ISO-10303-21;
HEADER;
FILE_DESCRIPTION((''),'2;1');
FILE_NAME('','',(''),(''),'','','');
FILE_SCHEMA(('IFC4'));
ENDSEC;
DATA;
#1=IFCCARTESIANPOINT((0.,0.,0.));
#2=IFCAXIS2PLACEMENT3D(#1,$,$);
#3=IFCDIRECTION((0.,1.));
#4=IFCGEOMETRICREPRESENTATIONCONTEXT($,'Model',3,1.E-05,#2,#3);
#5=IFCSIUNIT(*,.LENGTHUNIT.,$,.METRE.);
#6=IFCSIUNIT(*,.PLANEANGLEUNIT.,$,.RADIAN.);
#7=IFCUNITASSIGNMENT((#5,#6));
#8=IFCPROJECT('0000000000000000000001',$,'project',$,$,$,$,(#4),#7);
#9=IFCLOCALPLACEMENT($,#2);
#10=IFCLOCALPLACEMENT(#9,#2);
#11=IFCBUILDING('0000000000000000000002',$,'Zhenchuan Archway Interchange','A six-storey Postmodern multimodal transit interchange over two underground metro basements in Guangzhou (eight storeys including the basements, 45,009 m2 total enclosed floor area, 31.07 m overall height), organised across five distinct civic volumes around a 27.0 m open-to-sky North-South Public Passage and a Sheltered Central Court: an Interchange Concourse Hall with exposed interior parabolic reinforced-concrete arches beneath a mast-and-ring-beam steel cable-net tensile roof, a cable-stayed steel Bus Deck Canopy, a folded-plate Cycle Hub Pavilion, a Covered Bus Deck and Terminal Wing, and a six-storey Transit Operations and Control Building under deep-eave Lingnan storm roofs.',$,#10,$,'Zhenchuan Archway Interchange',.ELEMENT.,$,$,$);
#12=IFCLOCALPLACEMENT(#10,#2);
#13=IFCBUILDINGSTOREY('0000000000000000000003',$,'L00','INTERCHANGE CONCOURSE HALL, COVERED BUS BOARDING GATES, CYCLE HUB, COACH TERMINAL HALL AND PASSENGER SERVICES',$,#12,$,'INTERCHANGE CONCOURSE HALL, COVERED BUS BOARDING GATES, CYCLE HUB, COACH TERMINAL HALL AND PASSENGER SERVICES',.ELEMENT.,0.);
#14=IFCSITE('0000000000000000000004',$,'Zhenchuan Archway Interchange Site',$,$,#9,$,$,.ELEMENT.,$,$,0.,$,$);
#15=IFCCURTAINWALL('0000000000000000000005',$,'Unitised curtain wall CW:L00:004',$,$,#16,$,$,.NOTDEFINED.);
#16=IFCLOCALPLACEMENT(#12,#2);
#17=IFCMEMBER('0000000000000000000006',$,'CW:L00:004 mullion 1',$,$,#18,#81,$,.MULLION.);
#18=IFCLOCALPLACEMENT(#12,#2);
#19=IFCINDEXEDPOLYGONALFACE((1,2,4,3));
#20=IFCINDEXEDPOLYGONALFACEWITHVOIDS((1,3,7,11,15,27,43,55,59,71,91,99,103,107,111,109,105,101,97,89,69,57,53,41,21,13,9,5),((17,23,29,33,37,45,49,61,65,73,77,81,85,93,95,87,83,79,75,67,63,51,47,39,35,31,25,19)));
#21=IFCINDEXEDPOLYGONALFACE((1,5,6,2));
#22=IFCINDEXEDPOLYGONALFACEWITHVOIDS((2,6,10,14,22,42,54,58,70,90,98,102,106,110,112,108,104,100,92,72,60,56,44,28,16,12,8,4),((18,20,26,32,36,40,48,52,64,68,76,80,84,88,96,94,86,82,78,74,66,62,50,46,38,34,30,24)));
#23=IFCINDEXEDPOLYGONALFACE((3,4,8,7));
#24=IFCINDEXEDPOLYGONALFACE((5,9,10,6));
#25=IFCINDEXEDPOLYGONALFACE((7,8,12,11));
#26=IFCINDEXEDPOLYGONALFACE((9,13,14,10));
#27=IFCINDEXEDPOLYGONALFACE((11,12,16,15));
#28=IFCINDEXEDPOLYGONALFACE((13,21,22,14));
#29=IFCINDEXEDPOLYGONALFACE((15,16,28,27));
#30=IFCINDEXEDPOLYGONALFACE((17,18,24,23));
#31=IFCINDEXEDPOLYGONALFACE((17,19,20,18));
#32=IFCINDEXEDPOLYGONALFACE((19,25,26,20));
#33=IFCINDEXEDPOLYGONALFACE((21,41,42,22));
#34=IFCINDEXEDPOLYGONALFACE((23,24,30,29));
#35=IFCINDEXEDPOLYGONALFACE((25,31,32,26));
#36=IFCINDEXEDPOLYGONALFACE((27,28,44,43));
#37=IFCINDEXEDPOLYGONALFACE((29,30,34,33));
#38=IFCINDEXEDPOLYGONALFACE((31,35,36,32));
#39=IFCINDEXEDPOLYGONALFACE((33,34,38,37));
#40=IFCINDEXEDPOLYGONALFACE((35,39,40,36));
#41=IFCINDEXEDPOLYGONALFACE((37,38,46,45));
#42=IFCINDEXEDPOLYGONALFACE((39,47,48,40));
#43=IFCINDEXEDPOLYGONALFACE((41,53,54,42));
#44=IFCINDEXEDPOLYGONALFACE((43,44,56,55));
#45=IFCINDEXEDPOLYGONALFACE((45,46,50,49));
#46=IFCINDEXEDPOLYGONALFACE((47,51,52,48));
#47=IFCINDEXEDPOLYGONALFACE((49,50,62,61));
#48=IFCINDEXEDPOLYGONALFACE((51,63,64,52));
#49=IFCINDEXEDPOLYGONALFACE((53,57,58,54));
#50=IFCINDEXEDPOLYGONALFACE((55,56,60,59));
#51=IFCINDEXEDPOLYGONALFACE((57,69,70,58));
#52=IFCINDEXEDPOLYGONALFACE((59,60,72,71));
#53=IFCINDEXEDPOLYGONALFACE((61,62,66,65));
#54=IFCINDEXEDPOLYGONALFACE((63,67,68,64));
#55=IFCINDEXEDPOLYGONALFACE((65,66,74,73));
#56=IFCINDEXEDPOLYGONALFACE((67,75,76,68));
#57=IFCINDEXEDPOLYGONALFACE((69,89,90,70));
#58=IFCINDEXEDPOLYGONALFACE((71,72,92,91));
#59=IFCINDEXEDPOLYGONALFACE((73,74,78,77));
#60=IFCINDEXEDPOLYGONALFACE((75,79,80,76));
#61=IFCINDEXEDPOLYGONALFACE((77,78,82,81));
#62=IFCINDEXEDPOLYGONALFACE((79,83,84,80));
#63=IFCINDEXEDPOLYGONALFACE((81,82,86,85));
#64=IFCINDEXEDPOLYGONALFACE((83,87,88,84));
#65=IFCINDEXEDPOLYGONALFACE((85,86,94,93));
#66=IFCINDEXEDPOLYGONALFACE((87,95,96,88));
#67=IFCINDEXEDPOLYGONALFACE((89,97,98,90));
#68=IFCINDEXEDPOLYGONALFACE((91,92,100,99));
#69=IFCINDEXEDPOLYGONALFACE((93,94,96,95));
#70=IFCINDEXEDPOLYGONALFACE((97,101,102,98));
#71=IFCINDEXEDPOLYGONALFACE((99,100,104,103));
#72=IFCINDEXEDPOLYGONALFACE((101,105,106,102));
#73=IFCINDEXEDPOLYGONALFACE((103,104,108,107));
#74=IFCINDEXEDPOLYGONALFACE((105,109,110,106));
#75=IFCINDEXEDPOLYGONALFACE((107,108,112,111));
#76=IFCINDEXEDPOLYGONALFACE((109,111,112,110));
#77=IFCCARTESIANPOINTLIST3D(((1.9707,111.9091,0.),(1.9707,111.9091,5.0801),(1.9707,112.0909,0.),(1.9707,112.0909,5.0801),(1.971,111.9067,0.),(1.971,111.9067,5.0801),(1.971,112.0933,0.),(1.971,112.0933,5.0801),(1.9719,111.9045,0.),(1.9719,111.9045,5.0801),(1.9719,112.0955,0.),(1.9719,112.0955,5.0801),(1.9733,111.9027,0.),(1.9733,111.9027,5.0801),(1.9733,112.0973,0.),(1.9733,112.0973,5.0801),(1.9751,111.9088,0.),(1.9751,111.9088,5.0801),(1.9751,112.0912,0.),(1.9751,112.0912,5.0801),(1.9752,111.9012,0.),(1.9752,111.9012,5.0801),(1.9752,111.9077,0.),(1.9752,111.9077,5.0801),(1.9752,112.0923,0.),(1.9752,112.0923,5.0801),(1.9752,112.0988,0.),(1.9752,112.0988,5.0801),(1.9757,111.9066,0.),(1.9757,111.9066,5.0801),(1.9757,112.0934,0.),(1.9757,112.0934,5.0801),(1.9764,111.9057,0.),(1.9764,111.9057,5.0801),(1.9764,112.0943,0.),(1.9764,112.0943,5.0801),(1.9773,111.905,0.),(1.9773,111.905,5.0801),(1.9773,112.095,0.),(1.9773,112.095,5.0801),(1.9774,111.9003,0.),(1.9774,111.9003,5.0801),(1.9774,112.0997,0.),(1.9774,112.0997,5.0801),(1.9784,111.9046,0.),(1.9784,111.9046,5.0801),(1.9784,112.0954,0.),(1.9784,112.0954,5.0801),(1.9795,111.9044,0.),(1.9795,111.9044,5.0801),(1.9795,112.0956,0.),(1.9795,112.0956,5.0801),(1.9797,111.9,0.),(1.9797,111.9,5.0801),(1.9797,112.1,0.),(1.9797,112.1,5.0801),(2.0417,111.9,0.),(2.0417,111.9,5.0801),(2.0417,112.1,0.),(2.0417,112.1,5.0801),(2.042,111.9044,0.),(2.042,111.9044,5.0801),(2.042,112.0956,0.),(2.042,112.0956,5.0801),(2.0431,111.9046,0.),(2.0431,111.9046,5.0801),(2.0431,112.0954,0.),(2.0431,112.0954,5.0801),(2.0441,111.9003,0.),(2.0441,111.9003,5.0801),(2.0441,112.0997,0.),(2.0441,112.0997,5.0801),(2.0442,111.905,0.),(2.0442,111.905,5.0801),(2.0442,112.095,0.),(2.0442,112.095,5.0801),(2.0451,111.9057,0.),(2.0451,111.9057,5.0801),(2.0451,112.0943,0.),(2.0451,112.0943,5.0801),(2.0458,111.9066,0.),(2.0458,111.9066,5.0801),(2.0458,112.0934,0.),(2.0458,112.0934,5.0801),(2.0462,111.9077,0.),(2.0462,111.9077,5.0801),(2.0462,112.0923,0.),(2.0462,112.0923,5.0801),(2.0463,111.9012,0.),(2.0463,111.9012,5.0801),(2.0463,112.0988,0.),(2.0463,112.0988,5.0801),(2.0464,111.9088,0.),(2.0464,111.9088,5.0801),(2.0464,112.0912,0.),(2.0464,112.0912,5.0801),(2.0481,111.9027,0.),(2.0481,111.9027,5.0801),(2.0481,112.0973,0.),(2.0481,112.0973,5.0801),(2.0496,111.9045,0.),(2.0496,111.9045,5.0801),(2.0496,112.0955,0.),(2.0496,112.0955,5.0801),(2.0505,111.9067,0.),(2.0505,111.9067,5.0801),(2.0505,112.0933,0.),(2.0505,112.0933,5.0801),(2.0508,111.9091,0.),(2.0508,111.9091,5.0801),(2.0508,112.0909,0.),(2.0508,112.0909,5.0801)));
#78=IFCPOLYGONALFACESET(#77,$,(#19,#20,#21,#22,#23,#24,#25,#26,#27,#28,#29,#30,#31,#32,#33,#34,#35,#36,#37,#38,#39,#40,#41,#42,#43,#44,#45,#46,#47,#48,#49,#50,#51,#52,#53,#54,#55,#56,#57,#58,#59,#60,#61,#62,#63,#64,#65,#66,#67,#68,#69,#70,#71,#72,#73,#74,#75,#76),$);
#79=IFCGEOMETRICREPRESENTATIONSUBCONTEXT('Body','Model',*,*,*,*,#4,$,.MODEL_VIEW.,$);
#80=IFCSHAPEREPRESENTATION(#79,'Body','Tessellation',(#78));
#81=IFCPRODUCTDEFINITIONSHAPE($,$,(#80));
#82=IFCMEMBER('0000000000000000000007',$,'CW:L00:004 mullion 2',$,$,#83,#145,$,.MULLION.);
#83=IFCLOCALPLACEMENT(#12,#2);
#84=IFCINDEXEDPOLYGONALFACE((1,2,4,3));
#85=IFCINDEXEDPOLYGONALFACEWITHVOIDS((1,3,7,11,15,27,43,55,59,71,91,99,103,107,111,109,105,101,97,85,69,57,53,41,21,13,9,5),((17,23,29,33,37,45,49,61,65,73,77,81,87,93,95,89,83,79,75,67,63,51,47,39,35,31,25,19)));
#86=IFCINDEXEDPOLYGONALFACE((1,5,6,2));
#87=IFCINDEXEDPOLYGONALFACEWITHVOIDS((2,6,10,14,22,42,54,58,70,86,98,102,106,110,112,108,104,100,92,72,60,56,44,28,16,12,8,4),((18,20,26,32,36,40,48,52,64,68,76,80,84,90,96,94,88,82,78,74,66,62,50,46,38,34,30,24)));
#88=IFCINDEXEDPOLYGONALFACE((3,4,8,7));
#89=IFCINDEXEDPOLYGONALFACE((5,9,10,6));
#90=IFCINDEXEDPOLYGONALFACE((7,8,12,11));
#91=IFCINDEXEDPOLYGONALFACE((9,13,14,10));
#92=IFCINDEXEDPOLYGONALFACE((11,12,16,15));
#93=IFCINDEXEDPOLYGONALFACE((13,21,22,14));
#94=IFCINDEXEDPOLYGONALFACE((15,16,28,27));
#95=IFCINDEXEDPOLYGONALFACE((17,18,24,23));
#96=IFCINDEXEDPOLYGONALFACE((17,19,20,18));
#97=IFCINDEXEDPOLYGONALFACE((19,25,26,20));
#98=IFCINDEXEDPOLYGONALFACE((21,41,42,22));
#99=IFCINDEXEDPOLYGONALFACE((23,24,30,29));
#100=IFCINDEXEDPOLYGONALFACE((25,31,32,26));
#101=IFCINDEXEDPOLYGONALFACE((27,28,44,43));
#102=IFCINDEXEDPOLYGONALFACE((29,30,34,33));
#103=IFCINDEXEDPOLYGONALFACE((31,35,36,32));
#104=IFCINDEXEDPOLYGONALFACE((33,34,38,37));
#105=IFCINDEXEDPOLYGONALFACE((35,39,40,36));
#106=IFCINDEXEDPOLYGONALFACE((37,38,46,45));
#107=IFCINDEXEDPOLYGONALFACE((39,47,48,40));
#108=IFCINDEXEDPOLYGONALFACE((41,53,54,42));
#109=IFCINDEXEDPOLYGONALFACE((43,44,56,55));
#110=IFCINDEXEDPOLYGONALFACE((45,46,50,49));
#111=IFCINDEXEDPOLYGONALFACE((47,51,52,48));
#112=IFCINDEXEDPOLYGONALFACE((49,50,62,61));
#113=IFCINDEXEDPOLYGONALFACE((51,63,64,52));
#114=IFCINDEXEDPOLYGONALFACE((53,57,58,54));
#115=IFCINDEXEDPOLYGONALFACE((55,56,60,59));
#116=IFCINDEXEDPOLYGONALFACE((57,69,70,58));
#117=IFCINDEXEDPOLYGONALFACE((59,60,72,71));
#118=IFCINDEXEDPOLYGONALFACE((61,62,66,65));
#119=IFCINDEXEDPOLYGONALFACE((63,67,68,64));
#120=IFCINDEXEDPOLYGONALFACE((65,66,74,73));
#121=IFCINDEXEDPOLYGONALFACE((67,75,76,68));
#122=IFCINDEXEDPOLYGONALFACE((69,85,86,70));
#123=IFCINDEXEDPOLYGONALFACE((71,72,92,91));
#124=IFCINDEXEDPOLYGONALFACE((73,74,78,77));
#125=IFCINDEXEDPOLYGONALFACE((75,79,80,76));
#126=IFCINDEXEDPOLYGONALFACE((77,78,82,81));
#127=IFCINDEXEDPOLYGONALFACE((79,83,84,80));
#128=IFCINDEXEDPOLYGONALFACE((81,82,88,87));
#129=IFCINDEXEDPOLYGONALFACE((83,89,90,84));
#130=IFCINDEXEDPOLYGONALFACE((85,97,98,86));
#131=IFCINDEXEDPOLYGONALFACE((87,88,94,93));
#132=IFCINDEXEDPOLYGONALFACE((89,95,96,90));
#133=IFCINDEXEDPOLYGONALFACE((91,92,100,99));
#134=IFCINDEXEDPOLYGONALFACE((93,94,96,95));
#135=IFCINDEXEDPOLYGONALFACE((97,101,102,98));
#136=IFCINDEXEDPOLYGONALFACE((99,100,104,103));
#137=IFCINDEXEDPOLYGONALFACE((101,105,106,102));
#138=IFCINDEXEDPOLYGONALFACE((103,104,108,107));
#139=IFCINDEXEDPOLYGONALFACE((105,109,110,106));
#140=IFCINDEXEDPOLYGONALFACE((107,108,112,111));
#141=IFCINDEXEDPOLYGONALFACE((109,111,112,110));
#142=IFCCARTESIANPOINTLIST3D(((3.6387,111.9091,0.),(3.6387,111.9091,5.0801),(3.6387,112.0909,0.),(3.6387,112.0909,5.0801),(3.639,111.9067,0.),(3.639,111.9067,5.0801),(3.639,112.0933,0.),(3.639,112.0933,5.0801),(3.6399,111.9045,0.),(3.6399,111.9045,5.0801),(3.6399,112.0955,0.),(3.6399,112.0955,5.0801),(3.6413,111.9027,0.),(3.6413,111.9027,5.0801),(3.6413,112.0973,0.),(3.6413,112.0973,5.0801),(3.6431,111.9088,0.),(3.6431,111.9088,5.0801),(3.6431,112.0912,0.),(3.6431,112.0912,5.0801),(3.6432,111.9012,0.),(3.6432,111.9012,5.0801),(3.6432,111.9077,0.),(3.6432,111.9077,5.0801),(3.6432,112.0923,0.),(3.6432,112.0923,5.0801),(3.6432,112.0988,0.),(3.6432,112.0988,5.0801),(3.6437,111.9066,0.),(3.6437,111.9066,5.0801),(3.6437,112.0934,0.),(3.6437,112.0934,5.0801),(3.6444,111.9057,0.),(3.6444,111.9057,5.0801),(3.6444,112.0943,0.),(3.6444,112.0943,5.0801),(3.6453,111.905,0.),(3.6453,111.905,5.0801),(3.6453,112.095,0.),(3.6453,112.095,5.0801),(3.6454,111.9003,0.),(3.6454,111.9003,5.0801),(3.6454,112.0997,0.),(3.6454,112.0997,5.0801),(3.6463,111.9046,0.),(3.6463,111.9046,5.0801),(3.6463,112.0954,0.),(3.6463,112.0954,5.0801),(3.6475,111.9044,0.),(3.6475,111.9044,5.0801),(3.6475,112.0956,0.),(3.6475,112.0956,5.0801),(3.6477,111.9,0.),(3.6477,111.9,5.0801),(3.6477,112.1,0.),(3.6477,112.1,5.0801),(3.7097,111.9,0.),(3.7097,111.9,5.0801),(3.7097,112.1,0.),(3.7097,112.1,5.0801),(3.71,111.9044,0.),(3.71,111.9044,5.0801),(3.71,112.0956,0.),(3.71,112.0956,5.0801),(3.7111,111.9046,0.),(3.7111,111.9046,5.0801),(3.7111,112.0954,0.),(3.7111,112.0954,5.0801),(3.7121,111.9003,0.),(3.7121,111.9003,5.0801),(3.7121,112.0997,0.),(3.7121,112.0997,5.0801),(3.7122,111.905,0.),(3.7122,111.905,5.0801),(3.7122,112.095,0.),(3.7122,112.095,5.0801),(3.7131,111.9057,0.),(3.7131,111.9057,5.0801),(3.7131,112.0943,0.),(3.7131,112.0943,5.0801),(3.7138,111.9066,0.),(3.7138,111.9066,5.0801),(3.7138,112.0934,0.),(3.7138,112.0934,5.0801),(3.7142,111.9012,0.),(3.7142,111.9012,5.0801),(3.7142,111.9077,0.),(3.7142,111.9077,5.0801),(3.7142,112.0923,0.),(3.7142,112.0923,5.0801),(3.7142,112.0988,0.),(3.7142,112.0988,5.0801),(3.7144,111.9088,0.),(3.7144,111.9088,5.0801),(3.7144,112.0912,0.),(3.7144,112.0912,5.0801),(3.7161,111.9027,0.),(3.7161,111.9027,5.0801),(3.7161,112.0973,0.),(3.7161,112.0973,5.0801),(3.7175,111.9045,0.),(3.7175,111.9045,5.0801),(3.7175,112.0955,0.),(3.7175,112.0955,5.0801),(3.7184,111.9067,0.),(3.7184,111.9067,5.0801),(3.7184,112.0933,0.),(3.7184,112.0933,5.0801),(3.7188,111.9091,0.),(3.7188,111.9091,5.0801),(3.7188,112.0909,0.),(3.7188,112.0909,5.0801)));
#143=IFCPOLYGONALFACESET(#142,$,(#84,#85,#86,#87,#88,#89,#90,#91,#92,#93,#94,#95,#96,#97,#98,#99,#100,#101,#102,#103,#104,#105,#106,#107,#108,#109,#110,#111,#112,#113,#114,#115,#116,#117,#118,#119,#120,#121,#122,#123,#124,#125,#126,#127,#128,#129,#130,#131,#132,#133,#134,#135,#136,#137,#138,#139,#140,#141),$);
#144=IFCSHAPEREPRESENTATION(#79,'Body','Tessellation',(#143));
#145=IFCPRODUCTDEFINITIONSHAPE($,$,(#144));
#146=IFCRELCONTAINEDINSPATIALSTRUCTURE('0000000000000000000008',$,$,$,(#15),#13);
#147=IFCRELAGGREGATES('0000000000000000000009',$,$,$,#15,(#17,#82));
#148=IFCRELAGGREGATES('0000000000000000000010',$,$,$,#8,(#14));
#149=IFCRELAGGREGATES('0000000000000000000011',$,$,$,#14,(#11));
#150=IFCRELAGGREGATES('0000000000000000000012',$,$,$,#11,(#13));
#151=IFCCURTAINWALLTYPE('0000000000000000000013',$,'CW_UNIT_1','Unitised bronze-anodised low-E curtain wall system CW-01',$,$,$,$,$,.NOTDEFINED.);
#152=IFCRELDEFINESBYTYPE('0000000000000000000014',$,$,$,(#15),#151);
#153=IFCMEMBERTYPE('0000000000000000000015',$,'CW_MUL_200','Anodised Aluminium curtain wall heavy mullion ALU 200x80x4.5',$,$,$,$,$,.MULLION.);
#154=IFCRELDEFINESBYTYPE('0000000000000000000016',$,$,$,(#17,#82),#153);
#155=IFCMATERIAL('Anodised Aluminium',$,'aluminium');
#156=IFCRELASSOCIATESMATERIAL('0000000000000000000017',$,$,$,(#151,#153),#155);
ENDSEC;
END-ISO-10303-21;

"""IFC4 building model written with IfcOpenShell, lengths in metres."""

from ifc_helpers import new_model, si_unit, direction, frame, origin, origin_2d, place, context, subcontext, project, spatial, hollow_rectangle, extrude, material, material_profile, profile_set, type_object, element, aggregate, save


model = new_model("IFC4")

# Units and contexts
model_context = context("Model", 3, precision=1e-05, world=origin(), true_north=direction((0.0, 1.0)))
body_context = subcontext(model_context, "Body", "Model", "MODEL_VIEW")
ifc_project = project(units=[si_unit("LENGTHUNIT", "METRE"), si_unit("PLANEANGLEUNIT", "RADIAN")], contexts=[model_context])

# Site, building, storey
site_placement = place(None, origin())
site = spatial("IfcSite", under=ifc_project, at=site_placement, Name="Zhenchuan Archway Interchange Site", CompositionType="ELEMENT", RefElevation=0.0)
building_placement = place(site_placement, origin())
building = spatial("IfcBuilding", under=site, at=building_placement, Name="Zhenchuan Archway Interchange", Description="A six-storey Postmodern multimodal transit interchange over two underground metro basements in Guangzhou (eight storeys including the basements, 45,009 m2 total enclosed floor area, 31.07 m overall height), organised across five distinct civic volumes around a 27.0 m open-to-sky North-South Public Passage and a Sheltered Central Court: an Interchange Concourse Hall with exposed interior parabolic reinforced-concrete arches beneath a mast-and-ring-beam steel cable-net tensile roof, a cable-stayed steel Bus Deck Canopy, a folded-plate Cycle Hub Pavilion, a Covered Bus Deck and Terminal Wing, and a six-storey Transit Operations and Control Building under deep-eave Lingnan storm roofs.", LongName="Zhenchuan Archway Interchange", CompositionType="ELEMENT")
storey_placement = place(building_placement, origin())
storey = spatial("IfcBuildingStorey", under=building, at=storey_placement, Name="L00", Description="INTERCHANGE CONCOURSE HALL, COVERED BUS BOARDING GATES, CYCLE HUB, COACH TERMINAL HALL AND PASSENGER SERVICES", LongName="INTERCHANGE CONCOURSE HALL, COVERED BUS BOARDING GATES, CYCLE HUB, COACH TERMINAL HALL AND PASSENGER SERVICES", CompositionType="ELEMENT", Elevation=0.0)

# Curtain wall, members
ifc_material_1 = material(Name="Anodised Aluminium", Category="aluminium")
curtain_wall_type = type_object("IfcCurtainWallType", Name="CW_UNIT_1", Description="Unitised bronze-anodised low-E curtain wall system CW-01", PredefinedType="NOTDEFINED", material=ifc_material_1)
curtain_wall_placement = place(storey_placement, origin())
curtain_wall = element("IfcCurtainWall", 1, at=curtain_wall_placement, inside=storey, type_object=curtain_wall_type, Name="Unitised curtain wall CW:L00:004", PredefinedType="NOTDEFINED")
ifc_material_profile_1 = material_profile(ifc_material_1, hollow_rectangle(XDim=0.0801, YDim=0.2, WallThickness=0.0044, InnerFilletRadius=0.0044, OuterFilletRadius=0.009, at=origin_2d()), Name="ALU 200x80x4.5")
ifc_profile_set_1 = profile_set([ifc_material_profile_1], Name="Anodised Aluminium")
member_type_1 = type_object("IfcMemberType", Name="CW_MUL_200", Description="Anodised Aluminium curtain wall heavy mullion ALU 200x80x4.5", PredefinedType="MULLION", material=ifc_profile_set_1)
member_1_placement = place(storey_placement, frame((2.0107, 112.0, 0.0), z_axis=(0.0, 0.0, 1.0), x_axis=(1.0, 0.0, 0.0)))
member_1 = element("IfcMember", 2, at=member_1_placement, type_object=member_type_1, Name="CW:L00:004 mullion 1", PredefinedType="MULLION", context=body_context, shape_type="SweptSolid", body=[
    extrude(hollow_rectangle(XDim=0.0801, YDim=0.2, WallThickness=0.0044, InnerFilletRadius=0.0044, OuterFilletRadius=0.009, at=origin_2d()), origin(), (0.0, 0.0, 1.0), 5.0801),
])
member_2_placement = place(storey_placement, frame((3.6787, 112.0, 0.0), z_axis=(0.0, 0.0, 1.0), x_axis=(1.0, 0.0, 0.0)))
member_2 = element("IfcMember", 3, at=member_2_placement, type_object=member_type_1, Name="CW:L00:004 mullion 2", PredefinedType="MULLION", context=body_context, shape_type="SweptSolid", body=[
    extrude(hollow_rectangle(XDim=0.0801, YDim=0.2, WallThickness=0.0044, InnerFilletRadius=0.0044, OuterFilletRadius=0.009, at=origin_2d()), origin(), (0.0, 0.0, 1.0), 5.0801),
])

aggregate(curtain_wall, [member_1, member_2])

save(model, "model.ifc")
